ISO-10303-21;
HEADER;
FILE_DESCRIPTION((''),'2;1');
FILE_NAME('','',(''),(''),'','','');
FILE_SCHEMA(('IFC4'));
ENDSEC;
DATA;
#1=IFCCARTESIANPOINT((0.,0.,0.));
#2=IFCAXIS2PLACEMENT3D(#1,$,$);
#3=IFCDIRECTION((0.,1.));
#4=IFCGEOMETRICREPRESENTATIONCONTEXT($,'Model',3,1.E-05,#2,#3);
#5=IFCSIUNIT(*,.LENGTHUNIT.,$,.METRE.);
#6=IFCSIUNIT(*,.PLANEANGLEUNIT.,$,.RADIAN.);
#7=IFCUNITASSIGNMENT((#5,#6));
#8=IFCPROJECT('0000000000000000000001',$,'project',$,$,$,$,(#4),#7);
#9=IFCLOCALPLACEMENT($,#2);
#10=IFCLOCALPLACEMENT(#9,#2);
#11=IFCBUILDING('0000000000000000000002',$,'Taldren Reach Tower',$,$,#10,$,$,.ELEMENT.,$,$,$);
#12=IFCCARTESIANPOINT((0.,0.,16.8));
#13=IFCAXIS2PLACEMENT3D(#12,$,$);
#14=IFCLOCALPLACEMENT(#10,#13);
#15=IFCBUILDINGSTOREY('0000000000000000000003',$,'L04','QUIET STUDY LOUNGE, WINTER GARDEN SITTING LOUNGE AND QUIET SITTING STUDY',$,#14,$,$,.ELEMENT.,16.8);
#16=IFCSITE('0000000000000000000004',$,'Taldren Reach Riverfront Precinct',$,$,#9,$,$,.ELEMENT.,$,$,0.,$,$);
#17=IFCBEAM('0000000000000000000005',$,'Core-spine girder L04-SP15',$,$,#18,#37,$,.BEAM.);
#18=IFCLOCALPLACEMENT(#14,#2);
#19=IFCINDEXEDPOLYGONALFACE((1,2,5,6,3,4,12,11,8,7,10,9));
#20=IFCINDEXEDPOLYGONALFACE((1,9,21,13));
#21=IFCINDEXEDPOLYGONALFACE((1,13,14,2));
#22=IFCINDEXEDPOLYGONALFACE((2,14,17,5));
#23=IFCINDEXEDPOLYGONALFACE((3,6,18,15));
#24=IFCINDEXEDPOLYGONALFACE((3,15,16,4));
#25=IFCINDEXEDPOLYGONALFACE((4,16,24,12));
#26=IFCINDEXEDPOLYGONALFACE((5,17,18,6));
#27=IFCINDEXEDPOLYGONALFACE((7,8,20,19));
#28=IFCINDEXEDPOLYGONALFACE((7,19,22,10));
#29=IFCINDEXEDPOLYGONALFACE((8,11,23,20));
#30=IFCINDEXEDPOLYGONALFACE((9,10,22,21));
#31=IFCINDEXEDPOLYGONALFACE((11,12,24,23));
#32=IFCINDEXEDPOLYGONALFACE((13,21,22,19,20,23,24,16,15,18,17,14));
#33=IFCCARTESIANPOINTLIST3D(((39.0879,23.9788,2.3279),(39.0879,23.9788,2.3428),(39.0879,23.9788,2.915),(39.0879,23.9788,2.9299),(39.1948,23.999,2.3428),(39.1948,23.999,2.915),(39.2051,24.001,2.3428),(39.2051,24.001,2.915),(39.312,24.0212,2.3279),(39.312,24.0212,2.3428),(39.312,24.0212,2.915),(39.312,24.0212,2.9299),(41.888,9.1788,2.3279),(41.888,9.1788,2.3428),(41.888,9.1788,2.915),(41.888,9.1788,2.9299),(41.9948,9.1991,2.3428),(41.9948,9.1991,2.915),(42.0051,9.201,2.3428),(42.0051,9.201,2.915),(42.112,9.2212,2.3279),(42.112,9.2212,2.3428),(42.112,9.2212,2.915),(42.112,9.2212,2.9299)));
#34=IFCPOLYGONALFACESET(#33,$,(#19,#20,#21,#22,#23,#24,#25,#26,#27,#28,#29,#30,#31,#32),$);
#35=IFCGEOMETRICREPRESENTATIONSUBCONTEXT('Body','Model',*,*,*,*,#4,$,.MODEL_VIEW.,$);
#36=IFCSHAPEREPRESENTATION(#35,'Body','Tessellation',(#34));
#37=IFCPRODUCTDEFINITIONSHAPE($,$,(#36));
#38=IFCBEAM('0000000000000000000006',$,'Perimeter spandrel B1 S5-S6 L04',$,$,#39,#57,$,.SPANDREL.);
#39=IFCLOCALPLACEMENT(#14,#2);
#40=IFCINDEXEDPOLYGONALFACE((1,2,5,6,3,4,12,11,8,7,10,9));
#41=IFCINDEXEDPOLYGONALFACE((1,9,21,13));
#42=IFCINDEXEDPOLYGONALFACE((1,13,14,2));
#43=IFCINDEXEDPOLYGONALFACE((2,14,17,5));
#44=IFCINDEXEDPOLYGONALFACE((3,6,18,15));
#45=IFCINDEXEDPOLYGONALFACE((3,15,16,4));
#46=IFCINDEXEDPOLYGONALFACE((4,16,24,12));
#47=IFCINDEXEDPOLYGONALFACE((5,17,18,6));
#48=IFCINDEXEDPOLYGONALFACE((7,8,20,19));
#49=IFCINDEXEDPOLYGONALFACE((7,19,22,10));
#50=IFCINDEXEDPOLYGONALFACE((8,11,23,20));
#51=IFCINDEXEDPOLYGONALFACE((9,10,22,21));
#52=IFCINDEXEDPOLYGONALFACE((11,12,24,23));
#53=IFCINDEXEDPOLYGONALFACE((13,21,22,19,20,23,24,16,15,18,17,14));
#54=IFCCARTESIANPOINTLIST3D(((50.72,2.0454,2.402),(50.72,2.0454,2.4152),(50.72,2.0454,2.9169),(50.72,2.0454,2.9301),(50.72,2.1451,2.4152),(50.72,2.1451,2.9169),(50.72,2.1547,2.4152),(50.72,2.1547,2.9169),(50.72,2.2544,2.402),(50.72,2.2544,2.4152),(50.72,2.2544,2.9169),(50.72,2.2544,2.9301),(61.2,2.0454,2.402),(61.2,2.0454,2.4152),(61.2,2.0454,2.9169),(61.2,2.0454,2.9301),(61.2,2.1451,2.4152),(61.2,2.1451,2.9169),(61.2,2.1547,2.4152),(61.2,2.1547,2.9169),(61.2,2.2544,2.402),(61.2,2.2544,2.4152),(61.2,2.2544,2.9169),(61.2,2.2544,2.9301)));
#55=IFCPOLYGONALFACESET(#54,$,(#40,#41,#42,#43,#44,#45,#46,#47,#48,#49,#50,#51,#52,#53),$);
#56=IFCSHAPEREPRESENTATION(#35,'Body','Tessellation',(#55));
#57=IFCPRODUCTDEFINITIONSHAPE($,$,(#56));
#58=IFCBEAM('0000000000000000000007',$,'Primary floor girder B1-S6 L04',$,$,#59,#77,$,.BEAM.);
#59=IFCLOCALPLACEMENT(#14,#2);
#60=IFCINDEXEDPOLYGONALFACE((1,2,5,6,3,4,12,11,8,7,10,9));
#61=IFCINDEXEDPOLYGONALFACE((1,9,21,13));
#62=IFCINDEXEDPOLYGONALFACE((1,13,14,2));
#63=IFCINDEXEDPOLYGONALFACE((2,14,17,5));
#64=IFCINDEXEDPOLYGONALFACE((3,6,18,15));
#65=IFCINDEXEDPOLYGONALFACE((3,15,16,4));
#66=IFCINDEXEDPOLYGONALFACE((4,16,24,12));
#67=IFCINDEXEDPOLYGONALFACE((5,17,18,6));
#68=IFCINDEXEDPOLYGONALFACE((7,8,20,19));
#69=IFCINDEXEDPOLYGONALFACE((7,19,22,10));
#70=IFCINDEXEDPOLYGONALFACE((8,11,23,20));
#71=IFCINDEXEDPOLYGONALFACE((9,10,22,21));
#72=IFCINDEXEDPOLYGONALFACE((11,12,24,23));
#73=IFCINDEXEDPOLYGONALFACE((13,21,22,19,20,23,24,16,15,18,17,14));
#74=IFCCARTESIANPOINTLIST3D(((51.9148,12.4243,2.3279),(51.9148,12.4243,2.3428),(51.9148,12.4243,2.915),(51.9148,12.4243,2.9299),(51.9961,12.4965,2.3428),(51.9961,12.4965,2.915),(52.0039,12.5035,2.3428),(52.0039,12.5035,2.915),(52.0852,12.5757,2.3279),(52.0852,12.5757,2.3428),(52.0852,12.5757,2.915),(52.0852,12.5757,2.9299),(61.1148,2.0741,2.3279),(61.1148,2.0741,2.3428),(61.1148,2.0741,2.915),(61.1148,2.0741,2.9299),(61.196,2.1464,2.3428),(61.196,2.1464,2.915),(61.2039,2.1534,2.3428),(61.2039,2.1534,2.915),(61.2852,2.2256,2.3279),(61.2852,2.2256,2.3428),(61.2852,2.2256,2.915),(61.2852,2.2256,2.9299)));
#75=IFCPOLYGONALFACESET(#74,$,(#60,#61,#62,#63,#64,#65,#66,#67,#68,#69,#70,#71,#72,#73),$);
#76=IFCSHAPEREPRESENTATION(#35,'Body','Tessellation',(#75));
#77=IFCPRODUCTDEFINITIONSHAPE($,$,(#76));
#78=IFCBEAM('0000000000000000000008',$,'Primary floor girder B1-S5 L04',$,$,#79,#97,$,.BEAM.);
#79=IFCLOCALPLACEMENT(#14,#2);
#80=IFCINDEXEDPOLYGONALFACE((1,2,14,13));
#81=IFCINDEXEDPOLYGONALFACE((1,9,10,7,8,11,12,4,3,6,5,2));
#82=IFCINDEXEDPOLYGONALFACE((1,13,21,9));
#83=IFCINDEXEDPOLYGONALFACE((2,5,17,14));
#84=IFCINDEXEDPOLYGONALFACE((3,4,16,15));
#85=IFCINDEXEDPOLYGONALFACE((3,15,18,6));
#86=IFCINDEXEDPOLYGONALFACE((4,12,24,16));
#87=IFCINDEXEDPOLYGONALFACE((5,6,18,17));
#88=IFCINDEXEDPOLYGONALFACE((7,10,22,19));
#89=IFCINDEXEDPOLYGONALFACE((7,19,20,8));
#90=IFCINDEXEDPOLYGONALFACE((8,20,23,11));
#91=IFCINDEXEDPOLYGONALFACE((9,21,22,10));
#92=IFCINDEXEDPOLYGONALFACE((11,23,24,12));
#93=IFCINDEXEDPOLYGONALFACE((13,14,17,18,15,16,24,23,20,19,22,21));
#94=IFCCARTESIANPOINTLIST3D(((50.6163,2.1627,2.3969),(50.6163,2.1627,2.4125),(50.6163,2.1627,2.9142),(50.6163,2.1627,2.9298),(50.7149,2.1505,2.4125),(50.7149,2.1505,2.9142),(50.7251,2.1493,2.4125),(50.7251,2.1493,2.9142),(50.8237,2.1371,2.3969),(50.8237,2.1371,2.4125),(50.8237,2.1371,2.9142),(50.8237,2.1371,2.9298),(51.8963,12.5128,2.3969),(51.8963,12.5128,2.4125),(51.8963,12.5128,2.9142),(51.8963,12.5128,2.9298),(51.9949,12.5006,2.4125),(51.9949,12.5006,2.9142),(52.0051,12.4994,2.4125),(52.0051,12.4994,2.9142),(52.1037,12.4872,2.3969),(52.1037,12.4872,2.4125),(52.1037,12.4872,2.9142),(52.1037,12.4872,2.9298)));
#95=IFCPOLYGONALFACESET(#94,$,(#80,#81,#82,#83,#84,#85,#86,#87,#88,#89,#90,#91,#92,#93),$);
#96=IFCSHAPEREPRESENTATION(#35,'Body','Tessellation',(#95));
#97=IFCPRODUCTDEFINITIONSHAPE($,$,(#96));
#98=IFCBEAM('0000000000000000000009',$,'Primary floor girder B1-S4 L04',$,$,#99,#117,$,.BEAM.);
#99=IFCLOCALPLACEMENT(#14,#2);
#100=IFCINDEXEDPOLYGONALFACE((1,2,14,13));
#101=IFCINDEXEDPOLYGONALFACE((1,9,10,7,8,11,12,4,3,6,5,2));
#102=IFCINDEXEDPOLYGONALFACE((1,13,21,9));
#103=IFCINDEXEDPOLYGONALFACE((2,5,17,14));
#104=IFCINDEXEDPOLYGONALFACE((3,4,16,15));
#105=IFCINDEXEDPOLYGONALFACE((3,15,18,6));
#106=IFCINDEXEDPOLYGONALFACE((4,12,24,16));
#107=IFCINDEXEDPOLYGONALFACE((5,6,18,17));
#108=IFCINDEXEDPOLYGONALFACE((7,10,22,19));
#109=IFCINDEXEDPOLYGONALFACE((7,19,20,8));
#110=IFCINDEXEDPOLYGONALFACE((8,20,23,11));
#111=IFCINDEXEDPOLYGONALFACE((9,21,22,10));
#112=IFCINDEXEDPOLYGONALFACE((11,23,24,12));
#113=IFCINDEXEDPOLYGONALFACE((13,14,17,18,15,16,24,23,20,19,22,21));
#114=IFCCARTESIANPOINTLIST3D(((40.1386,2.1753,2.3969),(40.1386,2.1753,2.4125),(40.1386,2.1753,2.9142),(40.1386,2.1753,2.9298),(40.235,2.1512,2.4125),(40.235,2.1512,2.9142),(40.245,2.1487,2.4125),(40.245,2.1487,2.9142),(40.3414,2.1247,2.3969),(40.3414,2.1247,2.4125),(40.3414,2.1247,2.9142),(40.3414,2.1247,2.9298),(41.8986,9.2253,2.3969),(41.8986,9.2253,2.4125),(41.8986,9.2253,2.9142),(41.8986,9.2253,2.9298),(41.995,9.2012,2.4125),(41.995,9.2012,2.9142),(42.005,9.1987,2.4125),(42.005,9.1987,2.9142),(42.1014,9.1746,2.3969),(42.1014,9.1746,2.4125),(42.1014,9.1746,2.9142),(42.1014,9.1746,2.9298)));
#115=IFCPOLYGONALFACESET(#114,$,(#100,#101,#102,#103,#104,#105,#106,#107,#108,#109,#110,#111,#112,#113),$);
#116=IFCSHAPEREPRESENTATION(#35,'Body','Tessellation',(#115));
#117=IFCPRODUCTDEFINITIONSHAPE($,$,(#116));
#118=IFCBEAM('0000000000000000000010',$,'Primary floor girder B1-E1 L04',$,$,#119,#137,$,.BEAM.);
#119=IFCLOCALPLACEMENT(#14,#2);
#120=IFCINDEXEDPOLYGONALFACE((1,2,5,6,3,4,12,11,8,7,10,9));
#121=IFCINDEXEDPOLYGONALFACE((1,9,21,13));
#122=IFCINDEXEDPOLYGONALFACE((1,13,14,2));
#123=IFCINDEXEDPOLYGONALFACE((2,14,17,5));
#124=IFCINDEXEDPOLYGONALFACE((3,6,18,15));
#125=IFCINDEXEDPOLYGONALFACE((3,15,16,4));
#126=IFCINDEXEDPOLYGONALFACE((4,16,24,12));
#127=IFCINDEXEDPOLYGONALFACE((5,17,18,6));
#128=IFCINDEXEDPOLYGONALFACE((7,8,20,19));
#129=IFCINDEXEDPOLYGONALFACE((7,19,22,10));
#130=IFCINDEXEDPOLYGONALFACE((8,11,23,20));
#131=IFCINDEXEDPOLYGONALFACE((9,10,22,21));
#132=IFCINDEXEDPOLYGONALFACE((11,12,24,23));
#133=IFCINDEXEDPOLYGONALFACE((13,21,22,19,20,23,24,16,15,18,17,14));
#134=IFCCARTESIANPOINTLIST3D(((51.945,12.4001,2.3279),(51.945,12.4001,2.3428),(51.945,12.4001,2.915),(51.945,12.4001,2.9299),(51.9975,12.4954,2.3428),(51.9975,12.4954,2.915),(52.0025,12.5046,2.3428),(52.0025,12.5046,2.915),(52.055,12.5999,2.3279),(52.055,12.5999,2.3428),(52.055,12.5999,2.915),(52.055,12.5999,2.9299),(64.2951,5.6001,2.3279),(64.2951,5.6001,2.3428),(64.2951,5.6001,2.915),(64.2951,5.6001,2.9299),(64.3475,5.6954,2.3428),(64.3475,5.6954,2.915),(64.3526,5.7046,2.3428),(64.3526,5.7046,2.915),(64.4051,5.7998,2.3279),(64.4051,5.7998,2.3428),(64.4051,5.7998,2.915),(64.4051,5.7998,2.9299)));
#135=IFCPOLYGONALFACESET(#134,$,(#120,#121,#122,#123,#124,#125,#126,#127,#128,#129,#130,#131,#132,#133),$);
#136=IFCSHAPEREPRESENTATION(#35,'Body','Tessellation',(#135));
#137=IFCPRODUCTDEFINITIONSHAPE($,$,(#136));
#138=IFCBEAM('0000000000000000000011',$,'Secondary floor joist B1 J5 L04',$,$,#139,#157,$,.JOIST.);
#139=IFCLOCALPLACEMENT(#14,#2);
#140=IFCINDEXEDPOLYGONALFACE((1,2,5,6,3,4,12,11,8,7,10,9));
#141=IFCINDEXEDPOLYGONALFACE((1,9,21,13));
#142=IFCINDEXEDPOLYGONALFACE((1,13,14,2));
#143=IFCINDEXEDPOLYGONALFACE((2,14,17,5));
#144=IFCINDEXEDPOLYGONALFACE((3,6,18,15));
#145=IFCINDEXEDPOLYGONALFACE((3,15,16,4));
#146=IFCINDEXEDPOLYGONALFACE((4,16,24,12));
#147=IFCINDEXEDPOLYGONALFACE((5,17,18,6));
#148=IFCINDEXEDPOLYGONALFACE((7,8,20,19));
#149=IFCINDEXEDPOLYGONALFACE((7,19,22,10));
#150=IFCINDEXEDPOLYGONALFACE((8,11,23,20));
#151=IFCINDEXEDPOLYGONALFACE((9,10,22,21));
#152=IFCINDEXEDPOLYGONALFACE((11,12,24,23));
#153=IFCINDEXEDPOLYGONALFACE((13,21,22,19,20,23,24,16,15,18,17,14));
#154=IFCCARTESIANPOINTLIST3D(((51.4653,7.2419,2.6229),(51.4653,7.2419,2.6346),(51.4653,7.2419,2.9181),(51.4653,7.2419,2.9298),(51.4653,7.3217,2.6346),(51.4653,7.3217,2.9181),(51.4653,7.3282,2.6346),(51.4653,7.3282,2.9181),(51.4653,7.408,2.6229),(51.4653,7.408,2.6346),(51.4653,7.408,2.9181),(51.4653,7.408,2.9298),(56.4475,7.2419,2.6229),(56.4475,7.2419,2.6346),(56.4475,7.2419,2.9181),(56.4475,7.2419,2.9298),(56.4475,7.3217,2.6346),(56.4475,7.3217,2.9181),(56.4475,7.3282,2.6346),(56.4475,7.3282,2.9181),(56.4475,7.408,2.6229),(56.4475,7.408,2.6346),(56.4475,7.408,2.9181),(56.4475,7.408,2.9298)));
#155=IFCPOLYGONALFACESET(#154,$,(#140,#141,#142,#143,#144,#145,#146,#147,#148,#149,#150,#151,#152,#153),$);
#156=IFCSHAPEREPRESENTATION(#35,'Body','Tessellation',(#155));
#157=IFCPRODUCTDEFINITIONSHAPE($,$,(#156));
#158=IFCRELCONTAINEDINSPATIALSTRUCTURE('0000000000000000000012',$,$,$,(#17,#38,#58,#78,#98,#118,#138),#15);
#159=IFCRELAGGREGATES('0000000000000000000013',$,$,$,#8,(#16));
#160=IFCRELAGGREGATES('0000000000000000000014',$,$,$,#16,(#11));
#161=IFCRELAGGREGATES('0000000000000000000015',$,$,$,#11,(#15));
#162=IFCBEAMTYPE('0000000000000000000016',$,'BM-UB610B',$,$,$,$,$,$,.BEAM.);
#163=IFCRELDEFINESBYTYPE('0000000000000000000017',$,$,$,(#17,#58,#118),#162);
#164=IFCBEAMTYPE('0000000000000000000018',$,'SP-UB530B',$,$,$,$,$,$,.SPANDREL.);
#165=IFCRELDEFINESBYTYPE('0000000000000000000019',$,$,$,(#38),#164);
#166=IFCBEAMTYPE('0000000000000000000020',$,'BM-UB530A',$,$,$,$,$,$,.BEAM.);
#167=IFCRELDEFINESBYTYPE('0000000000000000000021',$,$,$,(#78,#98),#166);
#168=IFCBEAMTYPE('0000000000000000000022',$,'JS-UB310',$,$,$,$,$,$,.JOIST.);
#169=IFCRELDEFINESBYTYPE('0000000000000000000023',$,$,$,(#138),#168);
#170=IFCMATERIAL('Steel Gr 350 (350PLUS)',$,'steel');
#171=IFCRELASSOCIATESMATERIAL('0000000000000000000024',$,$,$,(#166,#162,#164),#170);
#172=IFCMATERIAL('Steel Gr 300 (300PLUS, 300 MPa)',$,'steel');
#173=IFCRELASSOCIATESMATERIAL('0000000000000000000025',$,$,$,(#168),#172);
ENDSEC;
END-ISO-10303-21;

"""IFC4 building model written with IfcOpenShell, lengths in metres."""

from ifc_helpers import new_model, si_unit, direction, frame, origin, origin_2d, place, context, subcontext, project, spatial, i_section, extrude, source, transform, mapped, material, material_profile, profile_set, type_object, element, save


model = new_model("IFC4")

# Units and contexts
model_context = context("Model", 3, precision=1e-05, world=origin(), true_north=direction((0.0, 1.0)))
body_context = subcontext(model_context, "Body", "Model", "MODEL_VIEW")
ifc_project = project(units=[si_unit("LENGTHUNIT", "METRE"), si_unit("PLANEANGLEUNIT", "RADIAN")], contexts=[model_context])

# Site, building, storey
site_placement = place(None, origin())
site = spatial("IfcSite", under=ifc_project, at=site_placement, Name="Taldren Reach Riverfront Precinct", CompositionType="ELEMENT", RefElevation=0.0)
building_placement = place(site_placement, origin())
building = spatial("IfcBuilding", under=site, at=building_placement, Name="Taldren Reach Tower", CompositionType="ELEMENT")
storey_placement = place(building_placement, frame((0.0, 0.0, 16.8)))
storey = spatial("IfcBuildingStorey", under=building, at=storey_placement, Name="L04", Description="QUIET STUDY LOUNGE, WINTER GARDEN SITTING LOUNGE AND QUIET SITTING STUDY", CompositionType="ELEMENT", Elevation=16.8)

# Shared definitions
ifc_material_1 = material(Name="Steel Gr 350 (350PLUS)", Category="steel")

# Beams
ifc_material_profile_1 = material_profile(ifc_material_1, i_section(OverallWidth=0.209, OverallDepth=0.533, WebThickness=0.0103, FlangeThickness=0.0156, at=origin_2d()), Name="530UB92.4")
ifc_profile_set_1 = profile_set([ifc_material_profile_1], Name="Steel Gr 350 (350PLUS)")
beam_type_1 = type_object("IfcBeamType", Name="BM-UB530A", PredefinedType="BEAM", material=ifc_profile_set_1)
ifc_material_profile_2 = material_profile(ifc_material_1, i_section(OverallWidth=0.228, OverallDepth=0.6021, WebThickness=0.0105, FlangeThickness=0.0149, at=origin_2d()), Name="610UB101")
ifc_profile_set_2 = profile_set([ifc_material_profile_2], Name="Steel Gr 350 (350PLUS)")
beam_type_2 = type_object("IfcBeamType", Name="BM-UB610B", PredefinedType="BEAM", material=ifc_profile_set_2)
shared_shape_1 = source(origin(), body_context, "Body", "SweptSolid", [
    extrude(i_section(OverallWidth=0.228, OverallDepth=0.6021, WebThickness=0.0105, FlangeThickness=0.0149, at=origin_2d()), origin(), (0.0, 0.0, 1.0), 15.0625),
])
beam_1_placement = place(storey_placement, frame((39.2, 24.0, 2.6289), z_axis=(0.185894, -0.98257, 0.0), x_axis=(0.98257, 0.185894, 0.0)))
element("IfcBeam", 1, at=beam_1_placement, inside=storey, type_object=beam_type_2, Name="Core-spine girder L04-SP15", PredefinedType="BEAM", context=body_context, shape_type="MappedRepresentation", body=[
    mapped(shared_shape_1, transform((0.0, 0.0, 0.0), scale=1.0)),
])
ifc_material_profile_3 = material_profile(ifc_material_1, i_section(OverallWidth=0.209, OverallDepth=0.5281, WebThickness=0.0095, FlangeThickness=0.0132, at=origin_2d()), Name="530UB82.0")
ifc_profile_set_3 = profile_set([ifc_material_profile_3], Name="Steel Gr 350 (350PLUS)")
beam_type_3 = type_object("IfcBeamType", Name="SP-UB530B", PredefinedType="SPANDREL", material=ifc_profile_set_3)
shared_shape_2 = source(origin(), body_context, "Body", "SweptSolid", [
    extrude(i_section(OverallWidth=0.209, OverallDepth=0.5281, WebThickness=0.0095, FlangeThickness=0.0132, at=origin_2d()), origin(), (0.0, 0.0, 1.0), 10.48),
])
beam_2_placement = place(storey_placement, frame((50.72, 2.1499, 2.666), z_axis=(1.0, 0.0, 0.0), x_axis=(0.0, 1.0, 0.0)))
element("IfcBeam", 2, at=beam_2_placement, inside=storey, type_object=beam_type_3, Name="Perimeter spandrel B1 S5-S6 L04", PredefinedType="SPANDREL", context=body_context, shape_type="MappedRepresentation", body=[
    mapped(shared_shape_2, transform((0.0, 0.0, 0.0), scale=1.0)),
])
shared_shape_3 = source(origin(), body_context, "Body", "SweptSolid", [
    extrude(i_section(OverallWidth=0.228, OverallDepth=0.6021, WebThickness=0.0105, FlangeThickness=0.0149, at=origin_2d()), origin(), (0.0, 0.0, 1.0), 13.8479),
])
beam_3_placement = place(storey_placement, frame((52.0, 12.5, 2.6289), z_axis=(0.664358, -0.747414, 0.0), x_axis=(0.747414, 0.664358, 0.0)))
element("IfcBeam", 3, at=beam_3_placement, inside=storey, type_object=beam_type_2, Name="Primary floor girder B1-S6 L04", PredefinedType="BEAM", context=body_context, shape_type="MappedRepresentation", body=[
    mapped(shared_shape_3, transform((0.0, 0.0, 0.0), scale=1.0)),
])
shared_shape_4 = source(origin(), body_context, "Body", "SweptSolid", [
    extrude(i_section(OverallWidth=0.209, OverallDepth=0.533, WebThickness=0.0103, FlangeThickness=0.0156, at=origin_2d()), origin(), (0.0, 0.0, 1.0), 10.429),
])
beam_4_placement = place(storey_placement, frame((52.0, 12.5, 2.6633), z_axis=(-0.122738, -0.992439, 0.0), x_axis=(0.992439, -0.122738, 0.0)))
element("IfcBeam", 4, at=beam_4_placement, inside=storey, type_object=beam_type_1, Name="Primary floor girder B1-S5 L04", PredefinedType="BEAM", context=body_context, shape_type="MappedRepresentation", body=[
    mapped(shared_shape_4, transform((0.0, 0.0, 0.0), scale=1.0)),
])
shared_shape_5 = source(origin(), body_context, "Body", "SweptSolid", [
    extrude(i_section(OverallWidth=0.209, OverallDepth=0.533, WebThickness=0.0103, FlangeThickness=0.0156, at=origin_2d()), origin(), (0.0, 0.0, 1.0), 7.2664),
])
beam_5_placement = place(storey_placement, frame((42.0, 9.2, 2.6633), z_axis=(-0.242211, -0.970223, 0.0), x_axis=(0.970223, -0.242211, 0.0)))
element("IfcBeam", 5, at=beam_5_placement, inside=storey, type_object=beam_type_1, Name="Primary floor girder B1-S4 L04", PredefinedType="BEAM", context=body_context, shape_type="MappedRepresentation", body=[
    mapped(shared_shape_5, transform((0.0, 0.0, 0.0), scale=1.0)),
])
shared_shape_6 = source(origin(), body_context, "Body", "SweptSolid", [
    extrude(i_section(OverallWidth=0.228, OverallDepth=0.6021, WebThickness=0.0105, FlangeThickness=0.0149, at=origin_2d()), origin(), (0.0, 0.0, 1.0), 14.0984),
])
beam_6_placement = place(storey_placement, frame((52.0, 12.5, 2.6289), z_axis=(0.875991, -0.482327, 0.0), x_axis=(0.482327, 0.875991, 0.0)))
element("IfcBeam", 6, at=beam_6_placement, inside=storey, type_object=beam_type_2, Name="Primary floor girder B1-E1 L04", PredefinedType="BEAM", context=body_context, shape_type="MappedRepresentation", body=[
    mapped(shared_shape_6, transform((0.0, 0.0, 0.0), scale=1.0)),
])
ifc_material_2 = material(Name="Steel Gr 300 (300PLUS, 300 MPa)", Category="steel")
ifc_material_profile_4 = material_profile(ifc_material_2, i_section(OverallWidth=0.166, OverallDepth=0.3069, WebThickness=0.0066, FlangeThickness=0.0117, at=origin_2d()), Name="310UB46.2")
ifc_profile_set_4 = profile_set([ifc_material_profile_4], Name="Steel Gr 300 (300PLUS, 300 MPa)")
beam_type_4 = type_object("IfcBeamType", Name="JS-UB310", PredefinedType="JOIST", material=ifc_profile_set_4)
shared_shape_7 = source(origin(), body_context, "Body", "SweptSolid", [
    extrude(i_section(OverallWidth=0.166, OverallDepth=0.3069, WebThickness=0.0066, FlangeThickness=0.0117, at=origin_2d()), origin(), (0.0, 0.0, 1.0), 4.9822),
])
beam_7_placement = place(storey_placement, frame((51.4653, 7.325, 2.7764), z_axis=(1.0, 0.0, 0.0), x_axis=(0.0, 1.0, 0.0)))
element("IfcBeam", 7, at=beam_7_placement, inside=storey, type_object=beam_type_4, Name="Secondary floor joist B1 J5 L04", PredefinedType="JOIST", context=body_context, shape_type="MappedRepresentation", body=[
    mapped(shared_shape_7, transform((0.0, 0.0, 0.0), scale=1.0)),
])

save(model, "model.ifc")
